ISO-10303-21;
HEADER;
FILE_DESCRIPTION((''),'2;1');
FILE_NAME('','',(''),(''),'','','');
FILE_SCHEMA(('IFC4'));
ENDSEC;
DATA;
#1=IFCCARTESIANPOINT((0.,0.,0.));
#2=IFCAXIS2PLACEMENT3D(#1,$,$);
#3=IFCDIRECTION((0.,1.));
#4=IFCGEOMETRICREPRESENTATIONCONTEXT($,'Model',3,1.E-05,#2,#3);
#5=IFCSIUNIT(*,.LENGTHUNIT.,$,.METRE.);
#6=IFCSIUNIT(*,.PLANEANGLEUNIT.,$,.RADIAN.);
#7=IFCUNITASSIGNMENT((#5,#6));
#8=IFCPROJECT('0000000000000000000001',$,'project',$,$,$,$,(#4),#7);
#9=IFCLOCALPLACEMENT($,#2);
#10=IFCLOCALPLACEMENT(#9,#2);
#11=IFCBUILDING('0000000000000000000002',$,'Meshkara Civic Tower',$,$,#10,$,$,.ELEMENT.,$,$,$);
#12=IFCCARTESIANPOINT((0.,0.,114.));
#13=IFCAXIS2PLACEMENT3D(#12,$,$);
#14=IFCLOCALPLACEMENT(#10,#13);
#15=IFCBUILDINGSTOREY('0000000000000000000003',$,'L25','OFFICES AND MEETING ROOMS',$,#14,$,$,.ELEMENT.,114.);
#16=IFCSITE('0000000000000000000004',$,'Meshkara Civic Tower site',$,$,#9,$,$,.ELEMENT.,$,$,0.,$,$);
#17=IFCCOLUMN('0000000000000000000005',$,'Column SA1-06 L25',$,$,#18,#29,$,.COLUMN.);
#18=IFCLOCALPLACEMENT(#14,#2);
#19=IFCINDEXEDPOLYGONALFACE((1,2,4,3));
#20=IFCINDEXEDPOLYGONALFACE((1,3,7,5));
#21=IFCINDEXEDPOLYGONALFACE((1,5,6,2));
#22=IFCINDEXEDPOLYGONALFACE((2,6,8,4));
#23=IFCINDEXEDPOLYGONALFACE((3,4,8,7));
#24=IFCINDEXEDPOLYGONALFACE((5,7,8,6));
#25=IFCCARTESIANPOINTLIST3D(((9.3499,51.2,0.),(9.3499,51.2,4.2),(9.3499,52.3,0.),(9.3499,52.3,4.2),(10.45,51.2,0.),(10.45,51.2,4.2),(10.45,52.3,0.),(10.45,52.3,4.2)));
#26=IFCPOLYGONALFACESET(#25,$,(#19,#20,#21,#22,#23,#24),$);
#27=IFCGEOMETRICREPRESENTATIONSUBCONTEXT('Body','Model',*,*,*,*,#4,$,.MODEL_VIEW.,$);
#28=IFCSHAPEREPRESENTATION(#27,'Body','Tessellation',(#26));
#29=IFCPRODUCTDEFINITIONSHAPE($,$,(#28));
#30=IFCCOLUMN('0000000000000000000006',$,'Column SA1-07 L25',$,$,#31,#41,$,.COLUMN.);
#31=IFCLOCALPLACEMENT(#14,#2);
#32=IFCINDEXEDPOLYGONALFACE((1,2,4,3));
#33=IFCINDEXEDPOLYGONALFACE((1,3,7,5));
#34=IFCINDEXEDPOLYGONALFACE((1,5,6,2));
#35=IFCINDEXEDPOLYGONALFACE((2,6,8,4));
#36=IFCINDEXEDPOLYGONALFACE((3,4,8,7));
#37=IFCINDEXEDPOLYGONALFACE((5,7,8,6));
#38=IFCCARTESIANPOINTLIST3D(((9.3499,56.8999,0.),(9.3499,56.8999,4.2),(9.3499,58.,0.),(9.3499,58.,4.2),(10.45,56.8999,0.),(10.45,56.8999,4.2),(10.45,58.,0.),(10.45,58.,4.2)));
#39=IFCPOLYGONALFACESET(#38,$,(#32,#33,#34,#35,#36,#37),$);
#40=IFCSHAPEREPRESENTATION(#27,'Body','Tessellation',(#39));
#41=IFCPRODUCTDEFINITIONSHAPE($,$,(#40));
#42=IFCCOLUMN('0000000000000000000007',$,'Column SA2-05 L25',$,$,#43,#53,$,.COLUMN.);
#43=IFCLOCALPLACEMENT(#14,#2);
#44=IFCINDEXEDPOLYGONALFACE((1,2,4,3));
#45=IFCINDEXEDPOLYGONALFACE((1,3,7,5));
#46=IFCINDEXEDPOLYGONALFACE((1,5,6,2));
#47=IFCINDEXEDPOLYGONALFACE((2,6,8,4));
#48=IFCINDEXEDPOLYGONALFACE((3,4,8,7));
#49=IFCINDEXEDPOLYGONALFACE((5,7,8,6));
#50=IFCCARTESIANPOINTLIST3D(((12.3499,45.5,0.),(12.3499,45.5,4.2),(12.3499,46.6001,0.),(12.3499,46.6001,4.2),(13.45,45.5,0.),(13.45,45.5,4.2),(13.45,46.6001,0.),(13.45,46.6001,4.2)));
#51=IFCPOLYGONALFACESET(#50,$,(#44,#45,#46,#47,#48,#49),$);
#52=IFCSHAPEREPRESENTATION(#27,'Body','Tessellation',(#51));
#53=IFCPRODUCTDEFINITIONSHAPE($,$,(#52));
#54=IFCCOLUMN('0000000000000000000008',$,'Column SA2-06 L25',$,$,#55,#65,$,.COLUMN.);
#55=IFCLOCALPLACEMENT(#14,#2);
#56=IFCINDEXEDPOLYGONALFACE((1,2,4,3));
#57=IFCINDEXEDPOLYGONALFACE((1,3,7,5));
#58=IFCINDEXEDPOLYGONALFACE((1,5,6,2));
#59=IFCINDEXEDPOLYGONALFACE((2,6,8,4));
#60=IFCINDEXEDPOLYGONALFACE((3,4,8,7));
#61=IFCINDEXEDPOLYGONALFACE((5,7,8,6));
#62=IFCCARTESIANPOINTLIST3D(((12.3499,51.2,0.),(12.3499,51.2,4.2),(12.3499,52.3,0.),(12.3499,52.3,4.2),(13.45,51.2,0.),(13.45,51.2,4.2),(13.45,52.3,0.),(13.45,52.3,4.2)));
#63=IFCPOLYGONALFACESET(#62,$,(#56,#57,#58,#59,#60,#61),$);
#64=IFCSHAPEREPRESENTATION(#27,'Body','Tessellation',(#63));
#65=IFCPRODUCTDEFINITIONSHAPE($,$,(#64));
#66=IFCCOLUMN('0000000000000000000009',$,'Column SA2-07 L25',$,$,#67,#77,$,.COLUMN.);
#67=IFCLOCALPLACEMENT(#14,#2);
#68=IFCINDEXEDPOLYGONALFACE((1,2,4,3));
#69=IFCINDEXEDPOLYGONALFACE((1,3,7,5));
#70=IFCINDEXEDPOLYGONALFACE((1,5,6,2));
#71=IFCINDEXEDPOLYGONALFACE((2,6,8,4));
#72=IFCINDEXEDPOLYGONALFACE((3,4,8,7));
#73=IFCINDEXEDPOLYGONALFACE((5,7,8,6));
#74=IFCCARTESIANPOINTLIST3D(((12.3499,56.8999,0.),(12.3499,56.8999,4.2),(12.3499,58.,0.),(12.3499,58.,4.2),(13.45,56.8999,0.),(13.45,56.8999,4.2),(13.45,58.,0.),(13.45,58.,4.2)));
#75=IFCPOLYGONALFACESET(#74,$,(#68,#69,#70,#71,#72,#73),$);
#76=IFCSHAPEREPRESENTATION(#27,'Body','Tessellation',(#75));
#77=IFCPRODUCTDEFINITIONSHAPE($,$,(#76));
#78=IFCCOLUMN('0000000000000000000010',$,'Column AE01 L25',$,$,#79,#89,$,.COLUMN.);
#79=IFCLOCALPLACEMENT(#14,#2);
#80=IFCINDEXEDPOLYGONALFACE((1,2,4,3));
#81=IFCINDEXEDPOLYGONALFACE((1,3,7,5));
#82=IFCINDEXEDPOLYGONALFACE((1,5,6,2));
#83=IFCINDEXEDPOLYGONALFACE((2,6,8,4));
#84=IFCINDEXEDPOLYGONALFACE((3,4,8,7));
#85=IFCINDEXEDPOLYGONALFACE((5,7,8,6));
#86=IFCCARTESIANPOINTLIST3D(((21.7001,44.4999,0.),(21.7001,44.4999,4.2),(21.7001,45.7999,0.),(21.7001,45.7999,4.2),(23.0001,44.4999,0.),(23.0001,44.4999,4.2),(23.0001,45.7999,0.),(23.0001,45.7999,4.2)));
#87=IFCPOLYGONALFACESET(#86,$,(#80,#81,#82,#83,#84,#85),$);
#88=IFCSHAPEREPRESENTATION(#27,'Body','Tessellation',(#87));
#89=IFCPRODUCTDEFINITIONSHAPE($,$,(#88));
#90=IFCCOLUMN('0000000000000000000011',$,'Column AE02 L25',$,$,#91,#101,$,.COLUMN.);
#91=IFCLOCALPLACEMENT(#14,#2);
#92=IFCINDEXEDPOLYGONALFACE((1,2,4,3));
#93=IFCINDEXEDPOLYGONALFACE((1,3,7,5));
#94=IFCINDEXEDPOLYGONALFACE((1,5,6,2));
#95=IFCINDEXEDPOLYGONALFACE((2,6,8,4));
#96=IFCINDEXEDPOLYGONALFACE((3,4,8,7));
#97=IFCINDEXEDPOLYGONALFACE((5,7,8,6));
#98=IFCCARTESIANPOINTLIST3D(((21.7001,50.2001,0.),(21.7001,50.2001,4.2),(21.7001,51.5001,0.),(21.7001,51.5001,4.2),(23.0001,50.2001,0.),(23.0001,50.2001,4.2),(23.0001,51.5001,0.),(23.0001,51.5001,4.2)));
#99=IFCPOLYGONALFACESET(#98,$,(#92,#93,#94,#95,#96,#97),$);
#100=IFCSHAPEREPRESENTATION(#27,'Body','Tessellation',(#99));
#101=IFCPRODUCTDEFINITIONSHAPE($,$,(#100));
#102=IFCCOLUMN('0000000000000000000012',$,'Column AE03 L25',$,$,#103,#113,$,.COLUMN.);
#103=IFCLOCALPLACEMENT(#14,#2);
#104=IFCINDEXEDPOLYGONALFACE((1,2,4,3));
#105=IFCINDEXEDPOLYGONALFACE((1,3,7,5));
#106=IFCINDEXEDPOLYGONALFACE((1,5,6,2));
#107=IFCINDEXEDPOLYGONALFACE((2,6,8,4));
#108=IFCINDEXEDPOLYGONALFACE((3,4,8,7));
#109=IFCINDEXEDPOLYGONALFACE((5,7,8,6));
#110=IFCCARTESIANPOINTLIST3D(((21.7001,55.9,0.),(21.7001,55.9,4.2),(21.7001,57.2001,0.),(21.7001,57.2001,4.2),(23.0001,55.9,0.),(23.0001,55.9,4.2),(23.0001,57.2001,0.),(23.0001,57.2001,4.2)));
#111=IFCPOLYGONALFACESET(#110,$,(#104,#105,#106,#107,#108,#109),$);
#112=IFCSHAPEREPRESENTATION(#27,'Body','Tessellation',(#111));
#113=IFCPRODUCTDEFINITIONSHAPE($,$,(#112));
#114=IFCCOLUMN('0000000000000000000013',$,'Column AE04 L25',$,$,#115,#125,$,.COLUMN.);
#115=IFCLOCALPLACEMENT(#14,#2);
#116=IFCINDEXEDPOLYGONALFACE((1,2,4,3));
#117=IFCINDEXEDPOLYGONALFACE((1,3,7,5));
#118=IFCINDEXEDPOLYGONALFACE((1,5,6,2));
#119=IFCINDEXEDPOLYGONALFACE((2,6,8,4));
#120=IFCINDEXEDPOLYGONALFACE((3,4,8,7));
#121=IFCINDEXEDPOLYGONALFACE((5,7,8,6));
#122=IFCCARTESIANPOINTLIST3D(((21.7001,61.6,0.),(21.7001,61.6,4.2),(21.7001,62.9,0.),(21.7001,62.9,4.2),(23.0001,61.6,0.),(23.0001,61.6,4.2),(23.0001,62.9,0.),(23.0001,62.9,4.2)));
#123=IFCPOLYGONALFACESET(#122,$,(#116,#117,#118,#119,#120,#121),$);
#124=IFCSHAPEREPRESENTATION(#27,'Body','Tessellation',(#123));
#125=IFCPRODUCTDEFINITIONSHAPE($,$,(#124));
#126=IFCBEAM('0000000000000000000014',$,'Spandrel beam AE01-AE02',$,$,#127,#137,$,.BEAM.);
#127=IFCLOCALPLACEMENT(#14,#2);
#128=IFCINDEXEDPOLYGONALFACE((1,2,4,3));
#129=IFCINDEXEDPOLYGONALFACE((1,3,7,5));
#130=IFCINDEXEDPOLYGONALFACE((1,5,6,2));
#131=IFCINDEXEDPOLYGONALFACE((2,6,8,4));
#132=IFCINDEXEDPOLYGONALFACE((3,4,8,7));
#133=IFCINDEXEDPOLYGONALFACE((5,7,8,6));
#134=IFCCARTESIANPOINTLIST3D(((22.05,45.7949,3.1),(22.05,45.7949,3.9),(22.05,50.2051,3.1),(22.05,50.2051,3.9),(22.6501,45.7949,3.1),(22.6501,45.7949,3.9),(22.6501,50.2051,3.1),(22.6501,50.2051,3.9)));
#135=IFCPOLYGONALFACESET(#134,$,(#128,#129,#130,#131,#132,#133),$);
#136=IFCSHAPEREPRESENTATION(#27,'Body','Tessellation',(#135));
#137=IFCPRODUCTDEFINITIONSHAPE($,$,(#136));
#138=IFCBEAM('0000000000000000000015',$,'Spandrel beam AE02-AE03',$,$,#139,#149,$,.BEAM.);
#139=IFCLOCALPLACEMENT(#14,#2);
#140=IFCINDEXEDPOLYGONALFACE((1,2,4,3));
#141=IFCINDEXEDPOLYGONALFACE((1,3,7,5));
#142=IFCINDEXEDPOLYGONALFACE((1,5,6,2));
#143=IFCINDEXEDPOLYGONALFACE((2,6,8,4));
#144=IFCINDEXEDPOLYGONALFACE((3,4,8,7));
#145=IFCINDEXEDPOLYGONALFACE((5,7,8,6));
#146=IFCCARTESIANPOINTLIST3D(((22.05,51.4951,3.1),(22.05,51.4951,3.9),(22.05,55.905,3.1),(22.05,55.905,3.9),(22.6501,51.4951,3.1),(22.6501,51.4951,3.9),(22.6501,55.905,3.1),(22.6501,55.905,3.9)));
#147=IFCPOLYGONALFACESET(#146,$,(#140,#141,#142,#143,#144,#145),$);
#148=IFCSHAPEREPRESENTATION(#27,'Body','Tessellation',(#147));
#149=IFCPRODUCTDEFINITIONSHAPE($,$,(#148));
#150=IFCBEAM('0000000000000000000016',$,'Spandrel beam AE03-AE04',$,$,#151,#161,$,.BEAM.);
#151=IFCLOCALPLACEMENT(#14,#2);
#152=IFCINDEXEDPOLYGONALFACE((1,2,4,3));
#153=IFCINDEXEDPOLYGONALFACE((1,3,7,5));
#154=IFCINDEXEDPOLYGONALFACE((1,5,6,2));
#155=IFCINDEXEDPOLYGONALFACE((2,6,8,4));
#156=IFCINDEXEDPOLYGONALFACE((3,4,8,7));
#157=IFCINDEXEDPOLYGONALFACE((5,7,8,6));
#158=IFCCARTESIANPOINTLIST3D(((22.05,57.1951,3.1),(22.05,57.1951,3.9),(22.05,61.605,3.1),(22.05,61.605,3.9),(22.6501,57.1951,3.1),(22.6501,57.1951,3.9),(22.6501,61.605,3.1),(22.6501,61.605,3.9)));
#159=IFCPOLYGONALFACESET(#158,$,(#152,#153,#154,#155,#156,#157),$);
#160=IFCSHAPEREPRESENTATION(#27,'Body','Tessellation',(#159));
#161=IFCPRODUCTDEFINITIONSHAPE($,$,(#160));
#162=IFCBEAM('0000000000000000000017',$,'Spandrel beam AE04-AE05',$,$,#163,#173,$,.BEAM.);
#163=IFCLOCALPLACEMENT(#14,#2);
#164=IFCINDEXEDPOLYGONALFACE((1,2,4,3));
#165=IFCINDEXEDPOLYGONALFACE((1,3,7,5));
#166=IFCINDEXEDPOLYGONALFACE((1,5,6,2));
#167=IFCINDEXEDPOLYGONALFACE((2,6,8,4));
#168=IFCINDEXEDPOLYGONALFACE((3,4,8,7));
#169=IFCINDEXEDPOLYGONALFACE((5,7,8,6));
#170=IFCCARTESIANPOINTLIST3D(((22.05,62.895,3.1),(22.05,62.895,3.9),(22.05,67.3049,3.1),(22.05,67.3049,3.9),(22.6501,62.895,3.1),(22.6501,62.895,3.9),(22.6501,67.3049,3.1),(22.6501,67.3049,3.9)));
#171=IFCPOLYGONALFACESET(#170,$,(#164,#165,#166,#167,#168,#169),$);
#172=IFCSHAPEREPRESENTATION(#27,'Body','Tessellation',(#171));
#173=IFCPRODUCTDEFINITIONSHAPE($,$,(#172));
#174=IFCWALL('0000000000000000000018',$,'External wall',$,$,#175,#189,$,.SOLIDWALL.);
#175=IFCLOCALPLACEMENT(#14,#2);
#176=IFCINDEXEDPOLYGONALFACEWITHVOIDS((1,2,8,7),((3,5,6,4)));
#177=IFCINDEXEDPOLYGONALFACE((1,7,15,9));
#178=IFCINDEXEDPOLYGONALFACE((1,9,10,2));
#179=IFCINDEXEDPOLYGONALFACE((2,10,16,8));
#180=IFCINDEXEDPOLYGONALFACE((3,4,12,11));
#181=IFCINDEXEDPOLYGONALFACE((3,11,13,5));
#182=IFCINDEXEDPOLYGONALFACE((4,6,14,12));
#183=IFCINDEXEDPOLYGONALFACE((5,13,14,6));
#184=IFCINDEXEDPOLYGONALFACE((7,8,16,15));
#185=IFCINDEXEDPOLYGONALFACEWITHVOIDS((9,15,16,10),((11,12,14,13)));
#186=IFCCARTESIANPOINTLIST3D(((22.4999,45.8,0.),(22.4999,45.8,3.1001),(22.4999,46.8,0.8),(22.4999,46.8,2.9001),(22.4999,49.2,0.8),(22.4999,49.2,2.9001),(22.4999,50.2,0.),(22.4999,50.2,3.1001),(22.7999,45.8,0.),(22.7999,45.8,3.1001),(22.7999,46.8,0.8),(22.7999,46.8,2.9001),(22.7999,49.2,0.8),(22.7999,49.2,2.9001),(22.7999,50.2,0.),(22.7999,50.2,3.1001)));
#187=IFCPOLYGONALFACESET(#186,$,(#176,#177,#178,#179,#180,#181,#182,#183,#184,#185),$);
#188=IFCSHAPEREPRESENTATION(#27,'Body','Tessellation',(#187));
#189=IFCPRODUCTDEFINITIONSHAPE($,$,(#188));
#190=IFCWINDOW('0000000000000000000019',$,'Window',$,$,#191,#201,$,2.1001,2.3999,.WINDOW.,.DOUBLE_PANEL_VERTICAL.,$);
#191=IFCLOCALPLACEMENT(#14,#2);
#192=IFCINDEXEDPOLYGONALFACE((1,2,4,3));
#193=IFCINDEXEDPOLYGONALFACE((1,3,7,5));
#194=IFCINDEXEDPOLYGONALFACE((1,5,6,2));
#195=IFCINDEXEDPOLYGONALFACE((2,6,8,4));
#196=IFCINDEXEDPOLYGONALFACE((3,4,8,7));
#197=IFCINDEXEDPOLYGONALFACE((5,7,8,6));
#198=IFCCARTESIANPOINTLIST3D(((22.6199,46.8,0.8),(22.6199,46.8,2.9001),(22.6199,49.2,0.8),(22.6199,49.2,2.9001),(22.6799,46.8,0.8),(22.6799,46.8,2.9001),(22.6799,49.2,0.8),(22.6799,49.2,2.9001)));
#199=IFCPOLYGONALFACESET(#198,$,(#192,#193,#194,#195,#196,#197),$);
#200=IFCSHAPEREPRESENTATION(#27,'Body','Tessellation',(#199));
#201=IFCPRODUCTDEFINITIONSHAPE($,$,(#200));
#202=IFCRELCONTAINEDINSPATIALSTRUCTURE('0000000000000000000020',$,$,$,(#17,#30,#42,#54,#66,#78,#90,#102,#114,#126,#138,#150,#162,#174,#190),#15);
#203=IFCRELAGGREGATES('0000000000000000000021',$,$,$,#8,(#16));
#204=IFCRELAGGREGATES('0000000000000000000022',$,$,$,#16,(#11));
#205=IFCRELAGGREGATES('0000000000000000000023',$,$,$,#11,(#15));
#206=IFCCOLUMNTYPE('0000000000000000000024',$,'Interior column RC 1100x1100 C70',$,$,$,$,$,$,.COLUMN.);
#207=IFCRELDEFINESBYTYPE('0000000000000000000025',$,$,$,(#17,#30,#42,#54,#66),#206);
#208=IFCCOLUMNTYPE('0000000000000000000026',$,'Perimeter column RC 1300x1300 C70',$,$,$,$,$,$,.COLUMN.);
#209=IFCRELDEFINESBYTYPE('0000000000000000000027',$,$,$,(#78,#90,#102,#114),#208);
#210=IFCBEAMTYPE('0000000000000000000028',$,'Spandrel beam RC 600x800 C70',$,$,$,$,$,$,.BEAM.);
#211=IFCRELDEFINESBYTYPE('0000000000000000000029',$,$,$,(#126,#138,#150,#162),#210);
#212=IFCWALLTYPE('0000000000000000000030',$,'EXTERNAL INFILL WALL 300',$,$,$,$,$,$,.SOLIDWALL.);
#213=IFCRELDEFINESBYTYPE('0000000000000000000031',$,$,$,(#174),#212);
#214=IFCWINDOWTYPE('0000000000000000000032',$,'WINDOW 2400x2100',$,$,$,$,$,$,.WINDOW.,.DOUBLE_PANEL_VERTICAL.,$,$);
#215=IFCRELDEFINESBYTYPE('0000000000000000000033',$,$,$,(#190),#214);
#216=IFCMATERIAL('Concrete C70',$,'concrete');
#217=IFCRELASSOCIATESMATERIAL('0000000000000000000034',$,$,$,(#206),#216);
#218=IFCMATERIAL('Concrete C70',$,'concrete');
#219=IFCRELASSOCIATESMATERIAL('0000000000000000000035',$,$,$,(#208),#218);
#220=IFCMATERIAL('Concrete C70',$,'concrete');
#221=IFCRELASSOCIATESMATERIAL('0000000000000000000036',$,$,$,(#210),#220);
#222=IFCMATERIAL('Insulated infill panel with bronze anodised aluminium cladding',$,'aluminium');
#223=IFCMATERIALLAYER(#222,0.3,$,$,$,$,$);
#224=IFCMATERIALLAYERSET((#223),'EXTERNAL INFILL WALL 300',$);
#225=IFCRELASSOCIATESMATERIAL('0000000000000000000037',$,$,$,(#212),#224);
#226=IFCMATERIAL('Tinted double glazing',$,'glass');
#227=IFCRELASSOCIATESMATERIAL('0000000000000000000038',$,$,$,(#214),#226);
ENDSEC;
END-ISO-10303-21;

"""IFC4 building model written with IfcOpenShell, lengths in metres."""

from ifc_helpers import new_model, si_unit, direction, frame, frame_2d, origin, origin_2d, place, context, subcontext, project, spatial, rectangle, extrude, material, layer, layer_set, material_profile, profile_set, type_object, element, fill, save


model = new_model("IFC4")

# Units and contexts
model_context = context("Model", 3, precision=1e-05, world=origin(), true_north=direction((0.0, 1.0)))
body_context = subcontext(model_context, "Body", "Model", "MODEL_VIEW")
ifc_project = project(units=[si_unit("LENGTHUNIT", "METRE"), si_unit("PLANEANGLEUNIT", "RADIAN")], contexts=[model_context])

# Site, building, storey
site_placement = place(None, origin())
site = spatial("IfcSite", under=ifc_project, at=site_placement, Name="Meshkara Civic Tower site", CompositionType="ELEMENT", RefElevation=0.0)
building_placement = place(site_placement, origin())
building = spatial("IfcBuilding", under=site, at=building_placement, Name="Meshkara Civic Tower", CompositionType="ELEMENT")
storey_placement = place(building_placement, frame((0.0, 0.0, 114.0)))
storey = spatial("IfcBuildingStorey", under=building, at=storey_placement, Name="L25", Description="OFFICES AND MEETING ROOMS", CompositionType="ELEMENT", Elevation=114.0)

# Columns
ifc_material_1 = material(Name="Concrete C70", Category="concrete")
ifc_material_profile_1 = material_profile(ifc_material_1, rectangle(XDim=1.1001, YDim=1.1001, at=origin_2d()))
ifc_profile_set_1 = profile_set([ifc_material_profile_1], Name="Concrete C70")
column_type_1 = type_object("IfcColumnType", Name="Interior column RC 1100x1100 C70", PredefinedType="COLUMN", material=ifc_profile_set_1)
for number, where, z_axis, x_axis, name in (
    (1, (9.8999, 51.75, 0.0), (0.0, 0.0, 1.0), (1.0, 0.0, 0.0), "Column SA1-06 L25"),
    (2, (9.8999, 57.45, 0.0), (0.0, 0.0, 1.0), (1.0, 0.0, 0.0), "Column SA1-07 L25"),
    (3, (12.8999, 46.05, 0.0), (0.0, 0.0, 1.0), (1.0, 0.0, 0.0), "Column SA2-05 L25"),
    (4, (12.8999, 51.75, 0.0), (0.0, 0.0, 1.0), (1.0, 0.0, 0.0), "Column SA2-06 L25"),
    (5, (12.8999, 57.45, 0.0), (0.0, 0.0, 1.0), (1.0, 0.0, 0.0), "Column SA2-07 L25"),
):
    element("IfcColumn", number, at=place(storey_placement, frame(where, z_axis=z_axis, x_axis=x_axis)), inside=storey, type_object=column_type_1, Name=name, PredefinedType="COLUMN", context=body_context, shape_type="SweptSolid", body=[
        extrude(rectangle(XDim=1.1001, YDim=1.1001, at=origin_2d()), origin(), (0.0, 0.0, 1.0), 4.2),
    ])
ifc_material_2 = material(Name="Concrete C70", Category="concrete")
ifc_material_profile_2 = material_profile(ifc_material_2, rectangle(XDim=1.3, YDim=1.3, at=origin_2d()))
ifc_profile_set_2 = profile_set([ifc_material_profile_2], Name="Concrete C70")
column_type_2 = type_object("IfcColumnType", Name="Perimeter column RC 1300x1300 C70", PredefinedType="COLUMN", material=ifc_profile_set_2)
for number, where, z_axis, x_axis, name in (
    (6, (22.3501, 45.1499, 0.0), (0.0, 0.0, 1.0), (1.0, 0.0, 0.0), "Column AE01 L25"),
    (7, (22.3501, 50.8501, 0.0), (0.0, 0.0, 1.0), (1.0, 0.0, 0.0), "Column AE02 L25"),
    (8, (22.3501, 56.55, 0.0), (0.0, 0.0, 1.0), (1.0, 0.0, 0.0), "Column AE03 L25"),
    (9, (22.3501, 62.25, 0.0), (0.0, 0.0, 1.0), (1.0, 0.0, 0.0), "Column AE04 L25"),
):
    element("IfcColumn", number, at=place(storey_placement, frame(where, z_axis=z_axis, x_axis=x_axis)), inside=storey, type_object=column_type_2, Name=name, PredefinedType="COLUMN", context=body_context, shape_type="SweptSolid", body=[
        extrude(rectangle(XDim=1.3, YDim=1.3, at=origin_2d()), origin(), (0.0, 0.0, 1.0), 4.2),
    ])

# Beams
ifc_material_3 = material(Name="Concrete C70", Category="concrete")
ifc_material_profile_3 = material_profile(ifc_material_3, rectangle(XDim=0.6001, YDim=0.8, at=origin_2d()))
ifc_profile_set_3 = profile_set([ifc_material_profile_3], Name="Concrete C70")
beam_type = type_object("IfcBeamType", Name="Spandrel beam RC 600x800 C70", PredefinedType="BEAM", material=ifc_profile_set_3)
beam_placement = place(storey_placement, frame((22.3501, 45.7949, 3.5), z_axis=(0.0, 1.0, 0.0), x_axis=(-1.0, 0.0, 0.0)))
element("IfcBeam", 10, at=beam_placement, inside=storey, type_object=beam_type, Name="Spandrel beam AE01-AE02", PredefinedType="BEAM", context=body_context, shape_type="SweptSolid", body=[
    extrude(rectangle(XDim=0.6001, YDim=0.8, at=origin_2d()), origin(), (0.0, 0.0, 1.0), 4.4102),
])
for number, where, z_axis, x_axis, name in (
    (11, (22.3501, 51.4951, 3.5), (0.0, 1.0, 0.0), (-1.0, 0.0, 0.0), "Spandrel beam AE02-AE03"),
    (12, (22.3501, 57.1951, 3.5), (0.0, 1.0, 0.0), (-1.0, 0.0, 0.0), "Spandrel beam AE03-AE04"),
    (13, (22.3501, 62.895, 3.5), (0.0, 1.0, 0.0), (-1.0, 0.0, 0.0), "Spandrel beam AE04-AE05"),
):
    element("IfcBeam", number, at=place(storey_placement, frame(where, z_axis=z_axis, x_axis=x_axis)), inside=storey, type_object=beam_type, Name=name, PredefinedType="BEAM", context=body_context, shape_type="SweptSolid", body=[
        extrude(rectangle(XDim=0.6001, YDim=0.8, at=origin_2d()), origin(), (0.0, 0.0, 1.0), 4.4099),
    ])

# Wall, opening, window
ifc_material_4 = material(Name="Insulated infill panel with bronze anodised aluminium cladding", Category="aluminium")
ifc_layer_1 = layer(ifc_material_4, 0.3)
ifc_layer_set_1 = layer_set([ifc_layer_1], Name="EXTERNAL INFILL WALL 300")
wall_type_1 = type_object("IfcWallType", Name="EXTERNAL INFILL WALL 300", PredefinedType="SOLIDWALL", material=ifc_layer_set_1)
wall_1_placement = place(storey_placement, frame((22.6499, 45.8, 0.0), z_axis=(0.0, 0.0, 1.0), x_axis=(0.0, 1.0, 0.0)))
wall_1 = element("IfcWall", 14, at=wall_1_placement, inside=storey, type_object=wall_type_1, Name="External wall", PredefinedType="SOLIDWALL", context=body_context, shape_type="SweptSolid", body=[
    extrude(rectangle(XDim=4.3999, YDim=0.3, at=frame_2d((2.2, 0.0))), origin(), (0.0, 0.0, 1.0), 3.1001),
])
opening_1_placement = place(wall_1_placement, frame((1.0, 0.0, 0.8)))
opening_1 = element("IfcOpeningElement", 15, at=opening_1_placement, cuts=wall_1, PredefinedType="OPENING", context=body_context, shape_type="SweptSolid", body=[
    extrude(rectangle(XDim=2.3999, YDim=2.1001, at=frame_2d((1.2, 1.05))), frame((0.0, 0.1599, 0.0), z_axis=(0.0, -1.0, 0.0), x_axis=(1.0, 0.0, 0.0)), (0.0, 0.0, 1.0), 0.3201),
])
ifc_material_5 = material(Name="Tinted double glazing", Category="glass")
window_type = type_object("IfcWindowType", Name="WINDOW 2400x2100", PartitioningType="DOUBLE_PANEL_VERTICAL", PredefinedType="WINDOW", material=ifc_material_5)
window_1_placement = place(opening_1_placement, origin())
window_1 = element("IfcWindow", 16, at=window_1_placement, inside=storey, type_object=window_type, Name="Window", OverallHeight=2.1001, OverallWidth=2.3999, PartitioningType="DOUBLE_PANEL_VERTICAL", PredefinedType="WINDOW", context=body_context, shape_type="SweptSolid", body=[
    extrude(rectangle(XDim=2.3999, YDim=2.1001, at=frame_2d((1.2, 1.05))), frame((0.0, 0.03, 0.0), z_axis=(0.0, -1.0, 0.0), x_axis=(1.0, 0.0, 0.0)), (0.0, 0.0, 1.0), 0.0601),
])
fill(opening_1, window_1)

save(model, "model.ifc")
